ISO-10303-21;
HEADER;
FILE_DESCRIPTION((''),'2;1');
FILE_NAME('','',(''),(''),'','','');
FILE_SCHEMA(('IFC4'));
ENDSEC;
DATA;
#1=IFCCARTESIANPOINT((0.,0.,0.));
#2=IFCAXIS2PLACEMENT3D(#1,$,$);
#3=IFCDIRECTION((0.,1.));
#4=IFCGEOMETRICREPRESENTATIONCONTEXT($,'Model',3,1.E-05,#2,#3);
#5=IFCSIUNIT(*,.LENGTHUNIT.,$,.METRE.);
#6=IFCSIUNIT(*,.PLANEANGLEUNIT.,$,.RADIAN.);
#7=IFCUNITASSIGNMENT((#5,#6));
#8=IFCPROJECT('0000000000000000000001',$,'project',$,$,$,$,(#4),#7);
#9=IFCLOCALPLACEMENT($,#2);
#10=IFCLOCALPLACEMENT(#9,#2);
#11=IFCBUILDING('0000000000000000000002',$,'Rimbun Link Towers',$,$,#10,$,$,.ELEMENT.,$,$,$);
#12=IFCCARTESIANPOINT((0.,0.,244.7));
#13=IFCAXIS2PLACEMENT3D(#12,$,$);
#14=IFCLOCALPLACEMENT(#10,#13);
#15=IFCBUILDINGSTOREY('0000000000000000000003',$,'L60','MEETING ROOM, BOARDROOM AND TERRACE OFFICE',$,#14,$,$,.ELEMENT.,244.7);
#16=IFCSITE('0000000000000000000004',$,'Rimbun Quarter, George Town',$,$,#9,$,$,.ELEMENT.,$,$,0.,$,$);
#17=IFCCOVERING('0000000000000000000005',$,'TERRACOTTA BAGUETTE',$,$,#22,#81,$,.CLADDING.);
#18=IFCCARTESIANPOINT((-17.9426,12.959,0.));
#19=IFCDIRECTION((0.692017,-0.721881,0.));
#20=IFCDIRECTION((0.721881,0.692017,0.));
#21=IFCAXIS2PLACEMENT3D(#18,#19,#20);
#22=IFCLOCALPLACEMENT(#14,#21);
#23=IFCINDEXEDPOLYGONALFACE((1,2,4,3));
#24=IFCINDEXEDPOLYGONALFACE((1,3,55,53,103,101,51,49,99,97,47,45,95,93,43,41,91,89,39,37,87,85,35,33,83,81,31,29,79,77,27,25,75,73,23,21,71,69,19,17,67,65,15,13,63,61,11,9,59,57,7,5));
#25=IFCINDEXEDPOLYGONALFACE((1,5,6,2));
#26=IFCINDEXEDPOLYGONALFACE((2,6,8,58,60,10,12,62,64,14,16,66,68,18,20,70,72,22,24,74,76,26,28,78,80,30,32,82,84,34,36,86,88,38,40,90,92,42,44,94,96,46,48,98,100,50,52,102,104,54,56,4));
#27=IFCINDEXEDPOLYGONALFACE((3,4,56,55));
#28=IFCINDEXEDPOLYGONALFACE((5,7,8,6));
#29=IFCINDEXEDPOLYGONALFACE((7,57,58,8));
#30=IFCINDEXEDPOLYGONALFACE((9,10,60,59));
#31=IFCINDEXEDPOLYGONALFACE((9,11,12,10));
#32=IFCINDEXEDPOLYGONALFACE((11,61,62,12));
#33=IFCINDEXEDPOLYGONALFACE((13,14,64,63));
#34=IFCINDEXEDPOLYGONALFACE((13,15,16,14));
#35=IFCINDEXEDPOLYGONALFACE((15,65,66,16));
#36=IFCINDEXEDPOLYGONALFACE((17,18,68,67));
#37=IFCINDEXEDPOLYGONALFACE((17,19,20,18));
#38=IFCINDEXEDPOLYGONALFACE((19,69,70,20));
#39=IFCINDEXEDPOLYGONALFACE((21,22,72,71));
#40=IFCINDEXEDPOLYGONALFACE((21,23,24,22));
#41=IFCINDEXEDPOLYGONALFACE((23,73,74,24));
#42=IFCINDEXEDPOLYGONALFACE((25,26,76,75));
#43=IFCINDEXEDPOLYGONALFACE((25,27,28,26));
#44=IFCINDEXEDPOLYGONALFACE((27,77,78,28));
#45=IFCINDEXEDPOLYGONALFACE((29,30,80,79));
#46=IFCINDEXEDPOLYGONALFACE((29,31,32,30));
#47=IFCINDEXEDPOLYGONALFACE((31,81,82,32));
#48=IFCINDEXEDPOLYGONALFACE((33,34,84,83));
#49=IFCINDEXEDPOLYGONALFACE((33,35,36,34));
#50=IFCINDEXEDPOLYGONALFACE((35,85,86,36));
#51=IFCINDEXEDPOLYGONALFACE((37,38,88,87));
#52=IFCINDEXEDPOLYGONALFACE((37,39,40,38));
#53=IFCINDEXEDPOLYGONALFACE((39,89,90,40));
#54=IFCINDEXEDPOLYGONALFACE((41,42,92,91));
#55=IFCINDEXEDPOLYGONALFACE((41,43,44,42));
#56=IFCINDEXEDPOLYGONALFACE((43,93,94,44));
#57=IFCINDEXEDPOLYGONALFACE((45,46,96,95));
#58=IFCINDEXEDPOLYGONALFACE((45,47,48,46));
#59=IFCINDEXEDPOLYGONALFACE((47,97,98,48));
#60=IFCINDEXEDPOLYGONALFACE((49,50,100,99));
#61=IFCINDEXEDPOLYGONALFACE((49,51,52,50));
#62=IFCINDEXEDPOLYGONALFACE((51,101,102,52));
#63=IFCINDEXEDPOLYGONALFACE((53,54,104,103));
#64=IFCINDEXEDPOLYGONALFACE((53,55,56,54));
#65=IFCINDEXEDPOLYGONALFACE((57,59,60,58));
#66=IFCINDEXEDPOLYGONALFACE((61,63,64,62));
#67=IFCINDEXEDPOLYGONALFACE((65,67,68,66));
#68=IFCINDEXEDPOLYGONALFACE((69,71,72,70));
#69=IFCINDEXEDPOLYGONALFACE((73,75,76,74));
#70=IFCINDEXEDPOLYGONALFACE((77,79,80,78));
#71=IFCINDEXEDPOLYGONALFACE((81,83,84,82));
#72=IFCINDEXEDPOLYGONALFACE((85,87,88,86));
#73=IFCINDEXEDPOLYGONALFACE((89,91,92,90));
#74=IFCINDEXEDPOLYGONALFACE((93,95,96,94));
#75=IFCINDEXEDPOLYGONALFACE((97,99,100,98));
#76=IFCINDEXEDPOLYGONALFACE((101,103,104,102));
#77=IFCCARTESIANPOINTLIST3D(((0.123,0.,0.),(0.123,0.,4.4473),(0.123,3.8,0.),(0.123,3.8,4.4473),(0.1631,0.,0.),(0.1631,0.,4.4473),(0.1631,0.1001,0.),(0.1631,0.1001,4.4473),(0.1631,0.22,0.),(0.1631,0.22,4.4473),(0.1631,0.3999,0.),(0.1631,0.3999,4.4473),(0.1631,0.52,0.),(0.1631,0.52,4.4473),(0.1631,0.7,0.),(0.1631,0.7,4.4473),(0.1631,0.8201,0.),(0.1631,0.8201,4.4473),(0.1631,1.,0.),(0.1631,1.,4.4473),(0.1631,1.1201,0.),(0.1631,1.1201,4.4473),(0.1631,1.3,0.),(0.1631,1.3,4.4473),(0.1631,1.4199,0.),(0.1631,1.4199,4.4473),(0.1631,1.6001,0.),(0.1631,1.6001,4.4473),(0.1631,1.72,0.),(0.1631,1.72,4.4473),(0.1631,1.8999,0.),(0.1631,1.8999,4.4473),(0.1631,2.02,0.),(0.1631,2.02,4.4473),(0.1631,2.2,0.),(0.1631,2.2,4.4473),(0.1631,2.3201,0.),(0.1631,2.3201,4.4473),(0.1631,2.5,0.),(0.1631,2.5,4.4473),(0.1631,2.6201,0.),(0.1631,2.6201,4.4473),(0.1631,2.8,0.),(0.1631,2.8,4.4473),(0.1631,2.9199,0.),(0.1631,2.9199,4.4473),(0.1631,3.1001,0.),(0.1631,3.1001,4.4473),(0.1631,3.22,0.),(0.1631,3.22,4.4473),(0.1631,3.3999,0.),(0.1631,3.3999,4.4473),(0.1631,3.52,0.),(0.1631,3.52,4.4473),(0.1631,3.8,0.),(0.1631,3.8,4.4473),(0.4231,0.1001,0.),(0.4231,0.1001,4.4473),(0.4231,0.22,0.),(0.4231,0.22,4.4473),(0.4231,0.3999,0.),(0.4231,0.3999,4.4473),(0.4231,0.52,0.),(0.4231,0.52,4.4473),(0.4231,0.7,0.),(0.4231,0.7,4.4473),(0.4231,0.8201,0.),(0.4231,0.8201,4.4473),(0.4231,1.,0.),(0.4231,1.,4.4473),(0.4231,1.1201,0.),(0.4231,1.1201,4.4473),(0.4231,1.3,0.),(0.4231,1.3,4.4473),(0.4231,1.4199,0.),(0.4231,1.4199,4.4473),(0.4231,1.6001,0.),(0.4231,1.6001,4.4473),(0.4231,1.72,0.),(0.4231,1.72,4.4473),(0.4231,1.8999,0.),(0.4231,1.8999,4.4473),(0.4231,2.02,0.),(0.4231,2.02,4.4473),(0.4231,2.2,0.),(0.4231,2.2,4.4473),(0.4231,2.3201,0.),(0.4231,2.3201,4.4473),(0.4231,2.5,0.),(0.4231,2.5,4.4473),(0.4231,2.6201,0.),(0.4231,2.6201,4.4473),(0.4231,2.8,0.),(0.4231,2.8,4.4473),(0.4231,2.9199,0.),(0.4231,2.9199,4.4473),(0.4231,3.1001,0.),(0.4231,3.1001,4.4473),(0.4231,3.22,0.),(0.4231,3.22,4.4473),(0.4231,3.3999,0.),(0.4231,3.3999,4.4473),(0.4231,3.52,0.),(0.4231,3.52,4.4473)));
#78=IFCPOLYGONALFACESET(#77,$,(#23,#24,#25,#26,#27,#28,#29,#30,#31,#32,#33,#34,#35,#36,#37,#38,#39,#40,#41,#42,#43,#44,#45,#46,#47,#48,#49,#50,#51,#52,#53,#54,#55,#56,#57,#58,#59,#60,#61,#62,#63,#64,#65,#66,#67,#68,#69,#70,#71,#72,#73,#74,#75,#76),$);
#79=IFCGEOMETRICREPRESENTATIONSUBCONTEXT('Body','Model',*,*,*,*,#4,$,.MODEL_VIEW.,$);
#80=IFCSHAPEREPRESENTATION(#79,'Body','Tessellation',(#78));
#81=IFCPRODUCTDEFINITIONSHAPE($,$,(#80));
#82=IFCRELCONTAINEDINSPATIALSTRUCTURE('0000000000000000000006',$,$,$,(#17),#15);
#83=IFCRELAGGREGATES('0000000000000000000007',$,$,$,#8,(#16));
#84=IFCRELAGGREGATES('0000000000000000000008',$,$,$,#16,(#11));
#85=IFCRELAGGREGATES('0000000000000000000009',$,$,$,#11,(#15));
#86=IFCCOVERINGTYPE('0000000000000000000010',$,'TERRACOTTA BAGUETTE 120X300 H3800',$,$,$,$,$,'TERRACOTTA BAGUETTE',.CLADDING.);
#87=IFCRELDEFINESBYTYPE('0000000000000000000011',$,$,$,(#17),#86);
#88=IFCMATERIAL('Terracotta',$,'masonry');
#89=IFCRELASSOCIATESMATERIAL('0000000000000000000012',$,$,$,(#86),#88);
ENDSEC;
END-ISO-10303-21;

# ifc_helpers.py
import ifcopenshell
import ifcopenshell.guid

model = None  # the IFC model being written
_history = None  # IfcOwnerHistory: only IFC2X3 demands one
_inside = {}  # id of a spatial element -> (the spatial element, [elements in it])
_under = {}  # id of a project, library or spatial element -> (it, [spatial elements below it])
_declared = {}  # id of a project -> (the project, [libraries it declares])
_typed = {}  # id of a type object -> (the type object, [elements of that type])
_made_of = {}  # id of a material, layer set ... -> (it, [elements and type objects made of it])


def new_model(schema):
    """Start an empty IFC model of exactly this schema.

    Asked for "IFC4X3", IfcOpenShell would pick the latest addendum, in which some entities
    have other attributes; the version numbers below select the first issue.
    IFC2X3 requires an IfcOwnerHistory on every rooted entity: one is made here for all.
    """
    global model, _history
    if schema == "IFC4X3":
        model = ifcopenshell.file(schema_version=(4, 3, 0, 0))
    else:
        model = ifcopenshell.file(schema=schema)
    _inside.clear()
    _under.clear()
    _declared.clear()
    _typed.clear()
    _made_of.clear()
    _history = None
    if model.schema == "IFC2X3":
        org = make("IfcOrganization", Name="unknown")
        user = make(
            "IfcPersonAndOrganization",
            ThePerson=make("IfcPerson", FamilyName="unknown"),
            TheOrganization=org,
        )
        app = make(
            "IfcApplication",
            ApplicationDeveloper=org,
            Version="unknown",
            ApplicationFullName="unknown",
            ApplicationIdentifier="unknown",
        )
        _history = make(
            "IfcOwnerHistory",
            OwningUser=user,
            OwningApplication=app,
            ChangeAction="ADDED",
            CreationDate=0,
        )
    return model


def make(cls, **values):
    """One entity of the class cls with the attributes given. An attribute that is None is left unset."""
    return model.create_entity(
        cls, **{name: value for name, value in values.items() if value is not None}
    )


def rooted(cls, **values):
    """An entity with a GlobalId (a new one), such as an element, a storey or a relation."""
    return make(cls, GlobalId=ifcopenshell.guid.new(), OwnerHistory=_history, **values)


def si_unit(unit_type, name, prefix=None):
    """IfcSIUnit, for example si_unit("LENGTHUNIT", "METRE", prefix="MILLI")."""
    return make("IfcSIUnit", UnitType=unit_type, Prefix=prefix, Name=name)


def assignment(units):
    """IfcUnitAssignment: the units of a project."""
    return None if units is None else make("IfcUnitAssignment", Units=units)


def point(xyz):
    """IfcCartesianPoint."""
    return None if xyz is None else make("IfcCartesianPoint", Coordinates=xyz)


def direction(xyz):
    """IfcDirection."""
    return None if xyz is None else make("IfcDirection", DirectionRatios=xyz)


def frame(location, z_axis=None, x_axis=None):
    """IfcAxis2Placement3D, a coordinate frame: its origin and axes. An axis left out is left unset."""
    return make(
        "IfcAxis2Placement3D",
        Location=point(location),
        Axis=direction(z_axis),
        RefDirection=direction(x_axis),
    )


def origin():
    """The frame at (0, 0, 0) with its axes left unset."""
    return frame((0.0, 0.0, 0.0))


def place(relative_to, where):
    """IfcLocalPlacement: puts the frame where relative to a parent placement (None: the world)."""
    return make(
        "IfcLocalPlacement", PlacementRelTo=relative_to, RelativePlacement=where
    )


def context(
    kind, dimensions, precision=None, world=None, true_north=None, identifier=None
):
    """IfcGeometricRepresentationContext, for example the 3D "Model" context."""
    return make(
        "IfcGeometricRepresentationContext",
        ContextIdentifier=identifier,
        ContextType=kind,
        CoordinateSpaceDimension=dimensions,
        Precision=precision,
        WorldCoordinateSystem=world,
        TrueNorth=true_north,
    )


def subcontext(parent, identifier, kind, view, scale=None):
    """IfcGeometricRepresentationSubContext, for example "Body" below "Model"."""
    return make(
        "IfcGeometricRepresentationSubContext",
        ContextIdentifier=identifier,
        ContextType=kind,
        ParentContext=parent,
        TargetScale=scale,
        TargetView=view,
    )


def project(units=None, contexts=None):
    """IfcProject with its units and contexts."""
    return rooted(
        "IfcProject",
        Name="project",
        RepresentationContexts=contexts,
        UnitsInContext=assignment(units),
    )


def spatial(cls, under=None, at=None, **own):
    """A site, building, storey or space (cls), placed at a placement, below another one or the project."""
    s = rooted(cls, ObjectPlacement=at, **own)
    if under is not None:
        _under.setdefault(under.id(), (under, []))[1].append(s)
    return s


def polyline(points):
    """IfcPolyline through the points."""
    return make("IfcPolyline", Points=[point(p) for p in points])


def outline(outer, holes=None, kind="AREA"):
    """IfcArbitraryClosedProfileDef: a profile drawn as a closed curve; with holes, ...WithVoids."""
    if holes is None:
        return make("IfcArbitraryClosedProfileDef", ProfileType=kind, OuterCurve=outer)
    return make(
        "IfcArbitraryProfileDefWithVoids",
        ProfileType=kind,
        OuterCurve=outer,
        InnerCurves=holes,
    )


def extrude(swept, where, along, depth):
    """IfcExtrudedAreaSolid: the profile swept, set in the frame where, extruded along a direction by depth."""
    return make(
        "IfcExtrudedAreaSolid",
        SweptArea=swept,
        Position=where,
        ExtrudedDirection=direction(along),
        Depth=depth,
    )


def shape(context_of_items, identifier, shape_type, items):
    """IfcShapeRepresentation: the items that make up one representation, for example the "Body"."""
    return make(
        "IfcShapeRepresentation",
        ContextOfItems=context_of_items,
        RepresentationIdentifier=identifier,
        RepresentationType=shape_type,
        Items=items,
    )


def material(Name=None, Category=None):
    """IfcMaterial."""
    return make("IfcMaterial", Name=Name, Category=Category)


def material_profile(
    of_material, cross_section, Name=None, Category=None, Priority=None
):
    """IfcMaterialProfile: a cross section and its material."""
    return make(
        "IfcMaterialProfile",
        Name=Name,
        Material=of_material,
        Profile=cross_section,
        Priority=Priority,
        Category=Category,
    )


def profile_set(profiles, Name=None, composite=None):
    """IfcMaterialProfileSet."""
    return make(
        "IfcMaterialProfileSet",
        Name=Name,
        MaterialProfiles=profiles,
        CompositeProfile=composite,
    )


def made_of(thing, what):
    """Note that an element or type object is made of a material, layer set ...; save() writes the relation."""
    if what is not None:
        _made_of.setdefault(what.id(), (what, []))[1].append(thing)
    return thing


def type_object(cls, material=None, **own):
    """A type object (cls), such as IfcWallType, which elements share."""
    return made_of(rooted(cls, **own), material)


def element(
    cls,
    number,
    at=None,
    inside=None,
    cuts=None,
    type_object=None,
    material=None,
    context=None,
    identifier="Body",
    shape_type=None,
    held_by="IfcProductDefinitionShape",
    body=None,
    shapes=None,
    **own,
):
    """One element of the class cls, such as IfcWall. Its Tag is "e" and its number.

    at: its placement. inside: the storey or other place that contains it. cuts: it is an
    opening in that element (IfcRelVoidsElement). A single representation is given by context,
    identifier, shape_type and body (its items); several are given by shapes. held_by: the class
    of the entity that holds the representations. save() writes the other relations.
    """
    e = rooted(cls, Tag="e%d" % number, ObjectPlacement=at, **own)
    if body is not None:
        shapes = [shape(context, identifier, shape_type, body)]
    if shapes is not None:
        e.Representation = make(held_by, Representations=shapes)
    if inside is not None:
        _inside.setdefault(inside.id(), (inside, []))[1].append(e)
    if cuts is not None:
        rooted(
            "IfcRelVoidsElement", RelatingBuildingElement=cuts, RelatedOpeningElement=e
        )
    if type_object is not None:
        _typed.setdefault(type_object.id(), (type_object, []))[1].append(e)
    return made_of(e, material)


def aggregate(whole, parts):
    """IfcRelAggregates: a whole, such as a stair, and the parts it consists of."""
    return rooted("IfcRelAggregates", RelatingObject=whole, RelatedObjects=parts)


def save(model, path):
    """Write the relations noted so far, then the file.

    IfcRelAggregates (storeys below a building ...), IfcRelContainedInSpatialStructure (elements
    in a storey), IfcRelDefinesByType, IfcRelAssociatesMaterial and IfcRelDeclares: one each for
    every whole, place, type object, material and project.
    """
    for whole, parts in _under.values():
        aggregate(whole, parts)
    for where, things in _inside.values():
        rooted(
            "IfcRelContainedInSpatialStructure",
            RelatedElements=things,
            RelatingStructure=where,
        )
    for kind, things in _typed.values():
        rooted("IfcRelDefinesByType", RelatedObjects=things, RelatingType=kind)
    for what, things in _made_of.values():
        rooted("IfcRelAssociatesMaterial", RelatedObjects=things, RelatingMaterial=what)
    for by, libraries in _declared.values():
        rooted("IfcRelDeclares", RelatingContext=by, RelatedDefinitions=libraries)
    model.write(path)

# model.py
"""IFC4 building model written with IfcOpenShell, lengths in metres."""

from ifc_helpers import new_model, si_unit, direction, frame, origin, place, context, subcontext, project, spatial, polyline, outline, extrude, material, material_profile, profile_set, type_object, element, save


model = new_model("IFC4")

# Units and contexts
model_context = context("Model", 3, precision=1e-05, world=origin(), true_north=direction((0.0, 1.0)))
body_context = subcontext(model_context, "Body", "Model", "MODEL_VIEW")
ifc_project = project(units=[si_unit("LENGTHUNIT", "METRE"), si_unit("PLANEANGLEUNIT", "RADIAN")], contexts=[model_context])

# Site, building, storey
site_placement = place(None, origin())
site = spatial("IfcSite", under=ifc_project, at=site_placement, Name="Rimbun Quarter, George Town", CompositionType="ELEMENT", RefElevation=0.0)
building_placement = place(site_placement, origin())
building = spatial("IfcBuilding", under=site, at=building_placement, Name="Rimbun Link Towers", CompositionType="ELEMENT")
storey_placement = place(building_placement, frame((0.0, 0.0, 244.7)))
storey = spatial("IfcBuildingStorey", under=building, at=storey_placement, Name="L60", Description="MEETING ROOM, BOARDROOM AND TERRACE OFFICE", CompositionType="ELEMENT", Elevation=244.7)

# Covering
ifc_material_1 = material(Name="Terracotta", Category="masonry")
ifc_material_profile_1 = material_profile(ifc_material_1, outline(polyline([(0.123, 0.0), (0.1631, 0.0), (0.1631, 0.1001), (0.4231, 0.1001), (0.4231, 0.22), (0.1631, 0.22), (0.1631, 0.3999), (0.4231, 0.3999), (0.4231, 0.52), (0.1631, 0.52), (0.1631, 0.7), (0.4231, 0.7), (0.4231, 0.8201), (0.1631, 0.8201), (0.1631, 1.0), (0.4231, 1.0), (0.4231, 1.1201), (0.1631, 1.1201), (0.1631, 1.3), (0.4231, 1.3), (0.4231, 1.4199), (0.1631, 1.4199), (0.1631, 1.6001), (0.4231, 1.6001), (0.4231, 1.72), (0.1631, 1.72), (0.1631, 1.8999), (0.4231, 1.8999), (0.4231, 2.02), (0.1631, 2.02), (0.1631, 2.2), (0.4231, 2.2), (0.4231, 2.3201), (0.1631, 2.3201), (0.1631, 2.5), (0.4231, 2.5), (0.4231, 2.6201), (0.1631, 2.6201), (0.1631, 2.8), (0.4231, 2.8), (0.4231, 2.9199), (0.1631, 2.9199), (0.1631, 3.1001), (0.4231, 3.1001), (0.4231, 3.22), (0.1631, 3.22), (0.1631, 3.3999), (0.4231, 3.3999), (0.4231, 3.52), (0.1631, 3.52), (0.1631, 3.8), (0.123, 3.8), (0.123, 0.0)])), Name="BAGUETTE 120X300")
ifc_profile_set_1 = profile_set([ifc_material_profile_1], Name="Terracotta")
covering_type_1 = type_object("IfcCoveringType", Name="TERRACOTTA BAGUETTE 120X300 H3800", ElementType="TERRACOTTA BAGUETTE", PredefinedType="CLADDING", material=ifc_profile_set_1)
covering_1_placement = place(storey_placement, frame((-17.9426, 12.959, 0.0), z_axis=(0.692017, -0.721881, 0.0), x_axis=(0.721881, 0.692017, 0.0)))
element("IfcCovering", 1, at=covering_1_placement, inside=storey, type_object=covering_type_1, Name="TERRACOTTA BAGUETTE", PredefinedType="CLADDING", context=body_context, shape_type="SweptSolid", body=[
    extrude(outline(polyline([(0.123, 0.0), (0.1631, 0.0), (0.1631, 0.1001), (0.4231, 0.1001), (0.4231, 0.22), (0.1631, 0.22), (0.1631, 0.3999), (0.4231, 0.3999), (0.4231, 0.52), (0.1631, 0.52), (0.1631, 0.7), (0.4231, 0.7), (0.4231, 0.8201), (0.1631, 0.8201), (0.1631, 1.0), (0.4231, 1.0), (0.4231, 1.1201), (0.1631, 1.1201), (0.1631, 1.3), (0.4231, 1.3), (0.4231, 1.4199), (0.1631, 1.4199), (0.1631, 1.6001), (0.4231, 1.6001), (0.4231, 1.72), (0.1631, 1.72), (0.1631, 1.8999), (0.4231, 1.8999), (0.4231, 2.02), (0.1631, 2.02), (0.1631, 2.2), (0.4231, 2.2), (0.4231, 2.3201), (0.1631, 2.3201), (0.1631, 2.5), (0.4231, 2.5), (0.4231, 2.6201), (0.1631, 2.6201), (0.1631, 2.8), (0.4231, 2.8), (0.4231, 2.9199), (0.1631, 2.9199), (0.1631, 3.1001), (0.4231, 3.1001), (0.4231, 3.22), (0.1631, 3.22), (0.1631, 3.3999), (0.4231, 3.3999), (0.4231, 3.52), (0.1631, 3.52), (0.1631, 3.8), (0.123, 3.8), (0.123, 0.0)])), origin(), (0.0, 0.0, 1.0), 4.4473),
])

save(model, "model.ifc")
